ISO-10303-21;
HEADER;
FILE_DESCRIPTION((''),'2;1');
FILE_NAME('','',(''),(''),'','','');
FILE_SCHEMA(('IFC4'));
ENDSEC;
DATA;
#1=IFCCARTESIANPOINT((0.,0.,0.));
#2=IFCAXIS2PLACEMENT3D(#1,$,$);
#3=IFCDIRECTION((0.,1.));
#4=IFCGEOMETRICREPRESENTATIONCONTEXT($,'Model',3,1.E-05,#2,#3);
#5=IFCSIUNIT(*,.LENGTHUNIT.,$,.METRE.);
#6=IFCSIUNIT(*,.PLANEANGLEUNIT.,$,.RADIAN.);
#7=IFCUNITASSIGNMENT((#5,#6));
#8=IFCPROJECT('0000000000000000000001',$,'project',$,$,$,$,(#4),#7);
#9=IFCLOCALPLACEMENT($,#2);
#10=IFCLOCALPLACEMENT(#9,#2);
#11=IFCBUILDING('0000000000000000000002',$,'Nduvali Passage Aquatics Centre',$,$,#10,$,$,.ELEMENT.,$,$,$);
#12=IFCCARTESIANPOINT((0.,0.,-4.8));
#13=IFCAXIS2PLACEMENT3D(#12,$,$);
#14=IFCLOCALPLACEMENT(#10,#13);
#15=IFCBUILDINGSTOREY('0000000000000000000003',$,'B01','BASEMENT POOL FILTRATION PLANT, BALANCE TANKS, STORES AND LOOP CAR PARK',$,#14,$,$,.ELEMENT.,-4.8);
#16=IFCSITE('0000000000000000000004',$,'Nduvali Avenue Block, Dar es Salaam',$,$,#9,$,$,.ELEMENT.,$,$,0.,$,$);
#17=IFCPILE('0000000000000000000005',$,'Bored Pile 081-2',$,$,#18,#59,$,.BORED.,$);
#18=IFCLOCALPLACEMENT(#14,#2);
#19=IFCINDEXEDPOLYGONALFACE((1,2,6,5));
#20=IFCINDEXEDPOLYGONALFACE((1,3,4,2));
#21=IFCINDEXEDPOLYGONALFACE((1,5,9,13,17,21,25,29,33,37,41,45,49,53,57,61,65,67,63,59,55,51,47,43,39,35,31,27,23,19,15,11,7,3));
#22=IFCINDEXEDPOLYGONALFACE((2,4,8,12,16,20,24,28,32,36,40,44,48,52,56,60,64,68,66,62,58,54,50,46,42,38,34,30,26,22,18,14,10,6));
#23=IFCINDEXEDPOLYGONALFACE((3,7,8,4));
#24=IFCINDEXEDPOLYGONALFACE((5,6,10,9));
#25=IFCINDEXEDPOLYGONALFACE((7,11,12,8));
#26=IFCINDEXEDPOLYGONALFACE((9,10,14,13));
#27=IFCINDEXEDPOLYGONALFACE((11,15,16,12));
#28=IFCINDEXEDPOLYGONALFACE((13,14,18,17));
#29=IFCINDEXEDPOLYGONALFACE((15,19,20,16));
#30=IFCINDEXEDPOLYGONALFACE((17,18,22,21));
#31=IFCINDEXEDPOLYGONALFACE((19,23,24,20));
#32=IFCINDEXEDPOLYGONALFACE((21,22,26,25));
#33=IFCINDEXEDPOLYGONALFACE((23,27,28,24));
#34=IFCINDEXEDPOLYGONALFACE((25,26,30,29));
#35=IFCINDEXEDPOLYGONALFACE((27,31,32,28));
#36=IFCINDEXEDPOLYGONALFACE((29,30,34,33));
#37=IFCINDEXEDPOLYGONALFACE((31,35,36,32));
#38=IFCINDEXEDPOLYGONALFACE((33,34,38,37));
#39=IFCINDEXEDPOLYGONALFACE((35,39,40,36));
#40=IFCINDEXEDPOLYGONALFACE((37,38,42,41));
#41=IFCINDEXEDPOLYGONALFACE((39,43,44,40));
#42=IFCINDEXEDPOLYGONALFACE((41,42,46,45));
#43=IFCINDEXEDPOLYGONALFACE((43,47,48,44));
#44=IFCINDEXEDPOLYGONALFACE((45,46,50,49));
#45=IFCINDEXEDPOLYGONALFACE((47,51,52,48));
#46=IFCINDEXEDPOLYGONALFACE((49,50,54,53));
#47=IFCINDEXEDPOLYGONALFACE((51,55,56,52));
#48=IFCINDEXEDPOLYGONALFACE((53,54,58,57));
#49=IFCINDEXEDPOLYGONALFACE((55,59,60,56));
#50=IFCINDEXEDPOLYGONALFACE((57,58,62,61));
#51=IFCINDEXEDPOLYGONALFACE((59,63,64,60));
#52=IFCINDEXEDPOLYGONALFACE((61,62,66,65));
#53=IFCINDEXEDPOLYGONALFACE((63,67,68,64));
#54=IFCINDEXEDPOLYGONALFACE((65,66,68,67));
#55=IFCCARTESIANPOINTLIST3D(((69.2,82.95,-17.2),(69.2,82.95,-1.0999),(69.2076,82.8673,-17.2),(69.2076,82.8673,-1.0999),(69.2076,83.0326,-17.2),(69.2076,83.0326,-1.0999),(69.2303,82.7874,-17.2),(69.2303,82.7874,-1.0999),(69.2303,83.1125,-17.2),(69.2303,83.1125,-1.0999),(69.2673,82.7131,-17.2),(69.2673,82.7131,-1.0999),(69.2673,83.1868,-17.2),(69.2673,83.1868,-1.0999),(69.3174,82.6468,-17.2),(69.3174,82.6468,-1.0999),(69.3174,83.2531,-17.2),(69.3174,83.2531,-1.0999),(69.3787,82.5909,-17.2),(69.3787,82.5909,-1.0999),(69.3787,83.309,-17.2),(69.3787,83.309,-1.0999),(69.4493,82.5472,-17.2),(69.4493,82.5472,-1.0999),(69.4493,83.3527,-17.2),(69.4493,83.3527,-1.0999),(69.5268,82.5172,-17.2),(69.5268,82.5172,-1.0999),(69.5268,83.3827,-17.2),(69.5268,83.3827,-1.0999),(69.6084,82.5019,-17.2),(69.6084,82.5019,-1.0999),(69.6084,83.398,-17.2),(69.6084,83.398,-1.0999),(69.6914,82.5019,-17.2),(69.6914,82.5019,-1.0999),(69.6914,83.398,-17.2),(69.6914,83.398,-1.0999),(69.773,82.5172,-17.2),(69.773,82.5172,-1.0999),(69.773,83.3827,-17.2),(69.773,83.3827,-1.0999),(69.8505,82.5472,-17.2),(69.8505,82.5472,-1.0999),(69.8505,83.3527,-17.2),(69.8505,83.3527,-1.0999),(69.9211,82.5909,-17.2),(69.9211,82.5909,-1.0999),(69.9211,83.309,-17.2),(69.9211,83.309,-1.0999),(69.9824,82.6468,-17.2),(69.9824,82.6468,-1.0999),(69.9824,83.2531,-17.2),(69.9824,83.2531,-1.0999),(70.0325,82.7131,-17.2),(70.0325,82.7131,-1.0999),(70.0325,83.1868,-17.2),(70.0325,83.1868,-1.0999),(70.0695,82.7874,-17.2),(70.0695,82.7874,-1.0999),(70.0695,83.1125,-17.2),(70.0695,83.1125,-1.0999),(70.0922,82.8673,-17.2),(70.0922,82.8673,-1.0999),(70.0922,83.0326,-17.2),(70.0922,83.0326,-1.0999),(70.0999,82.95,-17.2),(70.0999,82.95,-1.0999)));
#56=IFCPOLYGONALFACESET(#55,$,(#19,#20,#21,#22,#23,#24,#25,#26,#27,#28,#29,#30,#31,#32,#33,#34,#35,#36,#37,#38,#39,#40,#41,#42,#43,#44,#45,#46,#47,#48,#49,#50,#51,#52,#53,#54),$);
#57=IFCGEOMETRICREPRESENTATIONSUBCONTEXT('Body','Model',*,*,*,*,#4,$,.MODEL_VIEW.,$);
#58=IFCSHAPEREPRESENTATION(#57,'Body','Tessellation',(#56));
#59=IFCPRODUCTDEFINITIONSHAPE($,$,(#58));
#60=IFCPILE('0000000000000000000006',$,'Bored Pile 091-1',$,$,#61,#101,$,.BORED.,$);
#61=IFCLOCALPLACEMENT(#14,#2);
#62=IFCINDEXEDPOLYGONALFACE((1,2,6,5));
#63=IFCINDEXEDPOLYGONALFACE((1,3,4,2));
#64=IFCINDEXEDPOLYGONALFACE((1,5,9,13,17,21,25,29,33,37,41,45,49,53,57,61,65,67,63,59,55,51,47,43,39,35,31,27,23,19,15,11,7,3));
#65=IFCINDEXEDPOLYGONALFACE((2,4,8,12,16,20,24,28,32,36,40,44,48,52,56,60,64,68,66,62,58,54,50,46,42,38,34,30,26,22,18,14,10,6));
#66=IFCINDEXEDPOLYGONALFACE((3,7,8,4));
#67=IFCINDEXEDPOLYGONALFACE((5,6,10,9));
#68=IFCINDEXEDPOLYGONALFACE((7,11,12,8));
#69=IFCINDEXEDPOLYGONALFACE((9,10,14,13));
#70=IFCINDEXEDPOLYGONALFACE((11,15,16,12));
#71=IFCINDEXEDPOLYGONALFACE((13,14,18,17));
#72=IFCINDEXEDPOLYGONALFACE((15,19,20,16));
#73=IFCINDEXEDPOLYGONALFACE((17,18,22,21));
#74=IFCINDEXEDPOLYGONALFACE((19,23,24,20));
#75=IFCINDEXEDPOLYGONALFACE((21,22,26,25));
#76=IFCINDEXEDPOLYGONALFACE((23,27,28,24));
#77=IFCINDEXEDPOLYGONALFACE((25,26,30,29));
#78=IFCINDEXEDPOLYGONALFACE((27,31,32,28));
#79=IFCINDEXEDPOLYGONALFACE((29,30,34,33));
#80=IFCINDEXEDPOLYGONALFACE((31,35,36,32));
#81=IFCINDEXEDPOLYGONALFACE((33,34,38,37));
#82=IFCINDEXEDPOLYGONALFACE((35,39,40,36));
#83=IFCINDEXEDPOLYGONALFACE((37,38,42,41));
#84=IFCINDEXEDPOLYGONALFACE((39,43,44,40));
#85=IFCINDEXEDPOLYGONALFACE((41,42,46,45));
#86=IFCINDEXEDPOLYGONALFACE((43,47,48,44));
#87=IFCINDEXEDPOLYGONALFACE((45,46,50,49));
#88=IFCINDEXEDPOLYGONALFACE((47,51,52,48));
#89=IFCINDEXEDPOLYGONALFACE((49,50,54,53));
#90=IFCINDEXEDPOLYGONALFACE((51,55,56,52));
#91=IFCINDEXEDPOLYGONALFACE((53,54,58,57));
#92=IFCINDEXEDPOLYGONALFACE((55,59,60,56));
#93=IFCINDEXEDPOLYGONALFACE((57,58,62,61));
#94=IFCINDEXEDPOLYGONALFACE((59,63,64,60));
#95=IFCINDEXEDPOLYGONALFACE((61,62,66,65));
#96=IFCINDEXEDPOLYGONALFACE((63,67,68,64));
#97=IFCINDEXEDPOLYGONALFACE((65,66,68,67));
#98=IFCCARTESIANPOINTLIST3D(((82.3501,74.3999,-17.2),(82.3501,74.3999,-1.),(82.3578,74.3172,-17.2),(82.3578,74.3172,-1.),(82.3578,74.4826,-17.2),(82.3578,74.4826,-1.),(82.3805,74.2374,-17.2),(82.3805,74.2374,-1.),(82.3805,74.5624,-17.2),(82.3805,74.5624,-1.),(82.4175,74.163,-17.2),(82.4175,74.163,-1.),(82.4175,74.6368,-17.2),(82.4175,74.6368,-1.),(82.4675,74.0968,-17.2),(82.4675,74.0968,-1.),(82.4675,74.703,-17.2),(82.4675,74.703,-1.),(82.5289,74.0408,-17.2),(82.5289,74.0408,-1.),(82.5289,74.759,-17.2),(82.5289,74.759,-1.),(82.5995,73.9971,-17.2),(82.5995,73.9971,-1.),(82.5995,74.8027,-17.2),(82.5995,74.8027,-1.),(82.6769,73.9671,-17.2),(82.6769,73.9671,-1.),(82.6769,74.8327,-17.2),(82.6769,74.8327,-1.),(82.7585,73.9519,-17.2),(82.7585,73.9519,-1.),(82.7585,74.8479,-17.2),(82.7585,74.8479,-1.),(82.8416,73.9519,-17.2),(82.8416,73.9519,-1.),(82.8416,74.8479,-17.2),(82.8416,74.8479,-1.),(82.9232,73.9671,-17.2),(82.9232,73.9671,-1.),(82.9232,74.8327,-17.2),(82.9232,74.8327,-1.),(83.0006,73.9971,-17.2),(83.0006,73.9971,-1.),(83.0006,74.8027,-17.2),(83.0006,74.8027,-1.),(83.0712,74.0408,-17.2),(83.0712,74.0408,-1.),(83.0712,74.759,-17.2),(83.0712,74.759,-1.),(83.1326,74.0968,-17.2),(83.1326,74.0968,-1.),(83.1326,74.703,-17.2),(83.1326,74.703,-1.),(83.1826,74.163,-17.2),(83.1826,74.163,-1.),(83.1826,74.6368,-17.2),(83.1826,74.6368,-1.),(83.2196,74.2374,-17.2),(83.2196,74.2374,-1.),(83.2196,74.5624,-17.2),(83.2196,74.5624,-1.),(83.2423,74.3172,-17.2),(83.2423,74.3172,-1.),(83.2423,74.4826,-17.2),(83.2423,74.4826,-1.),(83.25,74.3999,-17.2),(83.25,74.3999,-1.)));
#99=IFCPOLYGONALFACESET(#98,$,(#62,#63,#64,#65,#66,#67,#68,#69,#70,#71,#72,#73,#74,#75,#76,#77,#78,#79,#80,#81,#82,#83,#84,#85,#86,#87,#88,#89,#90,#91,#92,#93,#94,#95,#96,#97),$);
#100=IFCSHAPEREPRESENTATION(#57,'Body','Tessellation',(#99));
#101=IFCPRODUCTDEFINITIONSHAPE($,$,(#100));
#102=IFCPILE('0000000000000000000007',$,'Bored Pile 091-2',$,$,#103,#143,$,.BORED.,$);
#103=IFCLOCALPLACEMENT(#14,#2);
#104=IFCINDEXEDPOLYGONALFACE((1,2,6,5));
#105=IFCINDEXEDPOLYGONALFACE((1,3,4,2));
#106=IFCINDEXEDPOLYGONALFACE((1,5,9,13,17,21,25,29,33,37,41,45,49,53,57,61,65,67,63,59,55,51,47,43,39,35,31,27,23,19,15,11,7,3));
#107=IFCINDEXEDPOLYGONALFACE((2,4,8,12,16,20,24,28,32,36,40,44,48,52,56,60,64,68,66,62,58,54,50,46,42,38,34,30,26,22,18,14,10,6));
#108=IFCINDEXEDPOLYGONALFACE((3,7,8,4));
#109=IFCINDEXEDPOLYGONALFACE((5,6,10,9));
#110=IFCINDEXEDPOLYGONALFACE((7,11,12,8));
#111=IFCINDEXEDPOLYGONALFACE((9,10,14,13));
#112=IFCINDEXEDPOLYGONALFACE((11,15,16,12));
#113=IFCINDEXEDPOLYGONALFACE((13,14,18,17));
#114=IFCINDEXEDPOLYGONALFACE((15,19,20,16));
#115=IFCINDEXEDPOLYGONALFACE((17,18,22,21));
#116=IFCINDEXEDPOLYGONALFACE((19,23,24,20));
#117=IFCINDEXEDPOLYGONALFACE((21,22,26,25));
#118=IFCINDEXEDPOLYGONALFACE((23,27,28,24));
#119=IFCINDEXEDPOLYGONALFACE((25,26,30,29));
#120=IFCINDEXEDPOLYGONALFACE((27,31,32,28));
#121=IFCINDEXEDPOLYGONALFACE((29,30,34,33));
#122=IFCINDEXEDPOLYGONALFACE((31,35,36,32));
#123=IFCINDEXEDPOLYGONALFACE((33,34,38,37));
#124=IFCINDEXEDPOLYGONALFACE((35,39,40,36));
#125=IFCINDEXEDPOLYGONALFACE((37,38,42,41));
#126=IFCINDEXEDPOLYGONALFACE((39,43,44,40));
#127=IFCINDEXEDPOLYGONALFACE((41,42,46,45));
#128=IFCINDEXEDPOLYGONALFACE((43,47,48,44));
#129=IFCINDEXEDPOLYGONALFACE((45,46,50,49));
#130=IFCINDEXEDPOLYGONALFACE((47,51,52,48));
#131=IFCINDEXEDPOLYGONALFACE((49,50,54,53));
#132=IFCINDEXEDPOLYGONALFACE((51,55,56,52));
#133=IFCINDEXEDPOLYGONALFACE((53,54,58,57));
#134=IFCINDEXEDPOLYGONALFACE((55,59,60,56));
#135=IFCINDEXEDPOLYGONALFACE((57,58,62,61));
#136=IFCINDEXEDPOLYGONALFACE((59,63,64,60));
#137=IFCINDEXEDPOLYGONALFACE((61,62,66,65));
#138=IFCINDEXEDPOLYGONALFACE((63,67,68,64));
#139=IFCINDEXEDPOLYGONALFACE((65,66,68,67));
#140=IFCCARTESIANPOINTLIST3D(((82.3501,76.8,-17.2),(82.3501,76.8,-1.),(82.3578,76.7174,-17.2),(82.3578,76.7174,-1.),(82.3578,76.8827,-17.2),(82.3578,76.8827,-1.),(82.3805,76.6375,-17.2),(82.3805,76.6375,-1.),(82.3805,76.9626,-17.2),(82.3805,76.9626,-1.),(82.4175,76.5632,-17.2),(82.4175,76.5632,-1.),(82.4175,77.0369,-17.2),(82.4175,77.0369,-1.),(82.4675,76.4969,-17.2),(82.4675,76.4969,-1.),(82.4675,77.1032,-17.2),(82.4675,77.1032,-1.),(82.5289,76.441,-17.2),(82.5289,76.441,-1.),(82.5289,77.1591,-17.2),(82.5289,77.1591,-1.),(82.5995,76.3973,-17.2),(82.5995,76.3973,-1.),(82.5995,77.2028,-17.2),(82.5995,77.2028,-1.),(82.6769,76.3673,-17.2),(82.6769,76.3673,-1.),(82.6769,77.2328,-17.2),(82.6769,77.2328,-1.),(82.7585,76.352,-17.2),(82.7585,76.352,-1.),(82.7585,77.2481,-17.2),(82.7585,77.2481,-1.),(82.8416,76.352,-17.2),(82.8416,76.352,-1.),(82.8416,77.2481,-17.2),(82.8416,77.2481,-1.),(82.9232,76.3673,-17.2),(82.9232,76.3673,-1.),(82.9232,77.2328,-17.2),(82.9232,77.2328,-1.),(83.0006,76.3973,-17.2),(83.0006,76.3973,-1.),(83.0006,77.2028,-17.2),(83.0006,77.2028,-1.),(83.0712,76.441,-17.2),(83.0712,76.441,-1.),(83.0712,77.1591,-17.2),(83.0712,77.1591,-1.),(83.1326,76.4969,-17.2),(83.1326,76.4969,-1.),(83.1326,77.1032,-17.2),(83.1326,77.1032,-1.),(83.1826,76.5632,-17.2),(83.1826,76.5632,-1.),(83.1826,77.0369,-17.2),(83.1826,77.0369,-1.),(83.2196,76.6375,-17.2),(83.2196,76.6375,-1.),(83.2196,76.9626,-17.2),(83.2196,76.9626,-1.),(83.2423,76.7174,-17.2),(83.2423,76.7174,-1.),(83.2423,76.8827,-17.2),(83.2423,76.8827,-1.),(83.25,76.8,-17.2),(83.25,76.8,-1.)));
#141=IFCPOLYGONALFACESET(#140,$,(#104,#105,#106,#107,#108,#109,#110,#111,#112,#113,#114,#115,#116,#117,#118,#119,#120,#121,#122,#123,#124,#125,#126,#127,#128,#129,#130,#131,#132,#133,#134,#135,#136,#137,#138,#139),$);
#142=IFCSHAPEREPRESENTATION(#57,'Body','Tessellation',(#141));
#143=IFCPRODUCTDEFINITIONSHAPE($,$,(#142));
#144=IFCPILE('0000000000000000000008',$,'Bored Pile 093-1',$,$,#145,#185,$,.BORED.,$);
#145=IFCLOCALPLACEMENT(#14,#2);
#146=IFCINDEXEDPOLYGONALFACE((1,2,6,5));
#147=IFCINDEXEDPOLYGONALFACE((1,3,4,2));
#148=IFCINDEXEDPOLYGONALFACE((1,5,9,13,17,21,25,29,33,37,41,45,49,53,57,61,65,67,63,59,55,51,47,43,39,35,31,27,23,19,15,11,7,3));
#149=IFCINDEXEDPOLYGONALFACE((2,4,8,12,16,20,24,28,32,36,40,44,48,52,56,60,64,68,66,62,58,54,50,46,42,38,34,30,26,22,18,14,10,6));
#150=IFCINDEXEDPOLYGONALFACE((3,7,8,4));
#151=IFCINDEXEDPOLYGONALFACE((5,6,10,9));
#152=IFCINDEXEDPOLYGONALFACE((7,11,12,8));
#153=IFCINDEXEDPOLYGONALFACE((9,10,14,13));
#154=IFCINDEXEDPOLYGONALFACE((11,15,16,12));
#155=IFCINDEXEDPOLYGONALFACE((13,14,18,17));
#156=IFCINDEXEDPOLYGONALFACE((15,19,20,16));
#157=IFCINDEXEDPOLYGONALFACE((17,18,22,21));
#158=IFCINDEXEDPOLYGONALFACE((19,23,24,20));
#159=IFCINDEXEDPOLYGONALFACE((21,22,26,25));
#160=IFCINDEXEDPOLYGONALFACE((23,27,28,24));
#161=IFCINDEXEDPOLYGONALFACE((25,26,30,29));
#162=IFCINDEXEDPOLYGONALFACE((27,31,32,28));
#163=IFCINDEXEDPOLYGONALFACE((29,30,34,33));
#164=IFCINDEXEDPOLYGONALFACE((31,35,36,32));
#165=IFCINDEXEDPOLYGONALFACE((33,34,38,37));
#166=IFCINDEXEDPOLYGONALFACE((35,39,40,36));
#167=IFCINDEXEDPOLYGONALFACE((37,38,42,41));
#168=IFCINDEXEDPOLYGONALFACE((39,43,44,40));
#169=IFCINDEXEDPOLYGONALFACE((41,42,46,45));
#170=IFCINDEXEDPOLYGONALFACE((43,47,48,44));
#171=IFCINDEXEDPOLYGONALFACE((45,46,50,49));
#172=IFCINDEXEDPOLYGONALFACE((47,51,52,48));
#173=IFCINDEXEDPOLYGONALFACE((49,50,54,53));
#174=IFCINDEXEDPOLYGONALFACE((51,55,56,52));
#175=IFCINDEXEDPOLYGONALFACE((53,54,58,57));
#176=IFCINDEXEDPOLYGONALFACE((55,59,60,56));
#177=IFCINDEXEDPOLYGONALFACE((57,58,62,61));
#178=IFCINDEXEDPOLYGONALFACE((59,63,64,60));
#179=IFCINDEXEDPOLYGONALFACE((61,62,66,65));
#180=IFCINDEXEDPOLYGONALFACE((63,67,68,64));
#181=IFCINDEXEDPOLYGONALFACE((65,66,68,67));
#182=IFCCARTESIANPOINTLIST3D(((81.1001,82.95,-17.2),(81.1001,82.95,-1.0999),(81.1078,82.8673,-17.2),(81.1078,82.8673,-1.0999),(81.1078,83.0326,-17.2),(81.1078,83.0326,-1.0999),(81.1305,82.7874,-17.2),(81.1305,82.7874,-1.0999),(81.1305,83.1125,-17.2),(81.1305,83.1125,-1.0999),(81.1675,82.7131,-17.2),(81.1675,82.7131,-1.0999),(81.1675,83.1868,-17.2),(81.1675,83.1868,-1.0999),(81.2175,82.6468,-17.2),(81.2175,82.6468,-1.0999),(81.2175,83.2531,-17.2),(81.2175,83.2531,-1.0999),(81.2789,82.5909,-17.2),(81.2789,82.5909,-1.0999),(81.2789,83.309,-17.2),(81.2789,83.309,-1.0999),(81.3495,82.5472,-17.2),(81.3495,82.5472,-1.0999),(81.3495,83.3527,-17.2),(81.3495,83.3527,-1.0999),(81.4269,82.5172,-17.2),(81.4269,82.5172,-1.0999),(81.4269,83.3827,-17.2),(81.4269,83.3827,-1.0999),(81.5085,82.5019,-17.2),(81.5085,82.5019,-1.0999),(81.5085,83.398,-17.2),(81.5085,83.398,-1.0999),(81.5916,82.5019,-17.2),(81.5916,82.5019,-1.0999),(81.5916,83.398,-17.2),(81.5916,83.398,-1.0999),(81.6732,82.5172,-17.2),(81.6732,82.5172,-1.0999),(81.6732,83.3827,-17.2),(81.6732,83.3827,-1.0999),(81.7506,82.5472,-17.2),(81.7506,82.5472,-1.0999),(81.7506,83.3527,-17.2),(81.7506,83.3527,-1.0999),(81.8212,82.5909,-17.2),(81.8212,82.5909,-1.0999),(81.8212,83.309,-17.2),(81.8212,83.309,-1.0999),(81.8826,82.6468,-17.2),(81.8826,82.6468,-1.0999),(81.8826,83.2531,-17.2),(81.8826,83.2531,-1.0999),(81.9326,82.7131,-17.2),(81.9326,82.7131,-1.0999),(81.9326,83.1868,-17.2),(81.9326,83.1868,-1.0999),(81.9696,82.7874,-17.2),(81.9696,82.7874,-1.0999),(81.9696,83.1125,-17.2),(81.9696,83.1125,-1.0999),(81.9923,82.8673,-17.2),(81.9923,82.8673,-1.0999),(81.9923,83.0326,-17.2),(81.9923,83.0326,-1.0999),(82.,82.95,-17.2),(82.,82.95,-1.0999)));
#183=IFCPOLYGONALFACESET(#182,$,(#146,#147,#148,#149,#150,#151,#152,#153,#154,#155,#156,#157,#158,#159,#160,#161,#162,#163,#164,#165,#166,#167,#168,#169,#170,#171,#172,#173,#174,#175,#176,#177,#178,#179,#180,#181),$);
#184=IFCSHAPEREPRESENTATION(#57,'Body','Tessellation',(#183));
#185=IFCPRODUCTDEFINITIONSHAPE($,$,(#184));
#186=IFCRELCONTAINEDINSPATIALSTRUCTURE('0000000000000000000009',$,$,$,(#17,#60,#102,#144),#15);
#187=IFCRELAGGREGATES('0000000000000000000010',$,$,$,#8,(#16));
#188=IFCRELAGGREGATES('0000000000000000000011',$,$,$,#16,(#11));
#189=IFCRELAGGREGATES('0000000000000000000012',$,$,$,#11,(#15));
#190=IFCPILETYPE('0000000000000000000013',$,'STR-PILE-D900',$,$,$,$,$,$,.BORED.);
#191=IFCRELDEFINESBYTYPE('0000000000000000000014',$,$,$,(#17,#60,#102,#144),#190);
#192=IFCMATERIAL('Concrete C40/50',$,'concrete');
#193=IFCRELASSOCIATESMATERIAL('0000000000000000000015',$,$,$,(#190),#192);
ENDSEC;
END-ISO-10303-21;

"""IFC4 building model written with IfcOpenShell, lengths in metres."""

from ifc_helpers import new_model, si_unit, direction, frame, origin, origin_2d, place, context, subcontext, project, spatial, circle, extrude, material, material_profile, profile_set, type_object, element, save


model = new_model("IFC4")

# Units and contexts
model_context = context("Model", 3, precision=1e-05, world=origin(), true_north=direction((0.0, 1.0)))
body_context = subcontext(model_context, "Body", "Model", "MODEL_VIEW")
ifc_project = project(units=[si_unit("LENGTHUNIT", "METRE"), si_unit("PLANEANGLEUNIT", "RADIAN")], contexts=[model_context])

# Site, building, storey
site_placement = place(None, origin())
site = spatial("IfcSite", under=ifc_project, at=site_placement, Name="Nduvali Avenue Block, Dar es Salaam", CompositionType="ELEMENT", RefElevation=0.0)
building_placement = place(site_placement, origin())
building = spatial("IfcBuilding", under=site, at=building_placement, Name="Nduvali Passage Aquatics Centre", CompositionType="ELEMENT")
storey_placement = place(building_placement, frame((0.0, 0.0, -4.8)))
storey = spatial("IfcBuildingStorey", under=building, at=storey_placement, Name="B01", Description="BASEMENT POOL FILTRATION PLANT, BALANCE TANKS, STORES AND LOOP CAR PARK", CompositionType="ELEMENT", Elevation=-4.8)

# Shared definitions
ifc_material_1 = material(Name="Concrete C40/50", Category="concrete")

# Piles
ifc_material_profile_1 = material_profile(ifc_material_1, circle(Radius=0.45, at=origin_2d()), Name="PILE D900")
ifc_profile_set_1 = profile_set([ifc_material_profile_1], Name="Concrete C40/50")
pile_type = type_object("IfcPileType", Name="STR-PILE-D900", PredefinedType="BORED", material=ifc_profile_set_1)
pile_1_placement = place(storey_placement, frame((69.6499, 82.95, -1.0999), z_axis=(0.0, 0.0, -1.0), x_axis=(1.0, 0.0, 0.0)))
element("IfcPile", 1, at=pile_1_placement, inside=storey, type_object=pile_type, Name="Bored Pile 081-2", PredefinedType="BORED", context=body_context, shape_type="SweptSolid", body=[
    extrude(circle(Radius=0.45, at=origin_2d()), origin(), (0.0, 0.0, 1.0), 16.1001),
])
for number, where, z_axis, x_axis, name in (
    (2, (82.8, 74.3999, -1.0), (0.0, 0.0, -1.0), (1.0, 0.0, 0.0), "Bored Pile 091-1"),
    (3, (82.8, 76.8, -1.0), (0.0, 0.0, -1.0), (1.0, 0.0, 0.0), "Bored Pile 091-2"),
):
    element("IfcPile", number, at=place(storey_placement, frame(where, z_axis=z_axis, x_axis=x_axis)), inside=storey, type_object=pile_type, Name=name, PredefinedType="BORED", context=body_context, shape_type="SweptSolid", body=[
        extrude(circle(Radius=0.45, at=origin_2d()), origin(), (0.0, 0.0, 1.0), 16.2),
    ])
for number, where, z_axis, x_axis, name in (
    (4, (81.55, 82.95, -1.0999), (0.0, 0.0, -1.0), (1.0, 0.0, 0.0), "Bored Pile 093-1"),
):
    element("IfcPile", number, at=place(storey_placement, frame(where, z_axis=z_axis, x_axis=x_axis)), inside=storey, type_object=pile_type, Name=name, PredefinedType="BORED", context=body_context, shape_type="SweptSolid", body=[
        extrude(circle(Radius=0.45, at=origin_2d()), origin(), (0.0, 0.0, 1.0), 16.1001),
    ])

save(model, "model.ifc")
